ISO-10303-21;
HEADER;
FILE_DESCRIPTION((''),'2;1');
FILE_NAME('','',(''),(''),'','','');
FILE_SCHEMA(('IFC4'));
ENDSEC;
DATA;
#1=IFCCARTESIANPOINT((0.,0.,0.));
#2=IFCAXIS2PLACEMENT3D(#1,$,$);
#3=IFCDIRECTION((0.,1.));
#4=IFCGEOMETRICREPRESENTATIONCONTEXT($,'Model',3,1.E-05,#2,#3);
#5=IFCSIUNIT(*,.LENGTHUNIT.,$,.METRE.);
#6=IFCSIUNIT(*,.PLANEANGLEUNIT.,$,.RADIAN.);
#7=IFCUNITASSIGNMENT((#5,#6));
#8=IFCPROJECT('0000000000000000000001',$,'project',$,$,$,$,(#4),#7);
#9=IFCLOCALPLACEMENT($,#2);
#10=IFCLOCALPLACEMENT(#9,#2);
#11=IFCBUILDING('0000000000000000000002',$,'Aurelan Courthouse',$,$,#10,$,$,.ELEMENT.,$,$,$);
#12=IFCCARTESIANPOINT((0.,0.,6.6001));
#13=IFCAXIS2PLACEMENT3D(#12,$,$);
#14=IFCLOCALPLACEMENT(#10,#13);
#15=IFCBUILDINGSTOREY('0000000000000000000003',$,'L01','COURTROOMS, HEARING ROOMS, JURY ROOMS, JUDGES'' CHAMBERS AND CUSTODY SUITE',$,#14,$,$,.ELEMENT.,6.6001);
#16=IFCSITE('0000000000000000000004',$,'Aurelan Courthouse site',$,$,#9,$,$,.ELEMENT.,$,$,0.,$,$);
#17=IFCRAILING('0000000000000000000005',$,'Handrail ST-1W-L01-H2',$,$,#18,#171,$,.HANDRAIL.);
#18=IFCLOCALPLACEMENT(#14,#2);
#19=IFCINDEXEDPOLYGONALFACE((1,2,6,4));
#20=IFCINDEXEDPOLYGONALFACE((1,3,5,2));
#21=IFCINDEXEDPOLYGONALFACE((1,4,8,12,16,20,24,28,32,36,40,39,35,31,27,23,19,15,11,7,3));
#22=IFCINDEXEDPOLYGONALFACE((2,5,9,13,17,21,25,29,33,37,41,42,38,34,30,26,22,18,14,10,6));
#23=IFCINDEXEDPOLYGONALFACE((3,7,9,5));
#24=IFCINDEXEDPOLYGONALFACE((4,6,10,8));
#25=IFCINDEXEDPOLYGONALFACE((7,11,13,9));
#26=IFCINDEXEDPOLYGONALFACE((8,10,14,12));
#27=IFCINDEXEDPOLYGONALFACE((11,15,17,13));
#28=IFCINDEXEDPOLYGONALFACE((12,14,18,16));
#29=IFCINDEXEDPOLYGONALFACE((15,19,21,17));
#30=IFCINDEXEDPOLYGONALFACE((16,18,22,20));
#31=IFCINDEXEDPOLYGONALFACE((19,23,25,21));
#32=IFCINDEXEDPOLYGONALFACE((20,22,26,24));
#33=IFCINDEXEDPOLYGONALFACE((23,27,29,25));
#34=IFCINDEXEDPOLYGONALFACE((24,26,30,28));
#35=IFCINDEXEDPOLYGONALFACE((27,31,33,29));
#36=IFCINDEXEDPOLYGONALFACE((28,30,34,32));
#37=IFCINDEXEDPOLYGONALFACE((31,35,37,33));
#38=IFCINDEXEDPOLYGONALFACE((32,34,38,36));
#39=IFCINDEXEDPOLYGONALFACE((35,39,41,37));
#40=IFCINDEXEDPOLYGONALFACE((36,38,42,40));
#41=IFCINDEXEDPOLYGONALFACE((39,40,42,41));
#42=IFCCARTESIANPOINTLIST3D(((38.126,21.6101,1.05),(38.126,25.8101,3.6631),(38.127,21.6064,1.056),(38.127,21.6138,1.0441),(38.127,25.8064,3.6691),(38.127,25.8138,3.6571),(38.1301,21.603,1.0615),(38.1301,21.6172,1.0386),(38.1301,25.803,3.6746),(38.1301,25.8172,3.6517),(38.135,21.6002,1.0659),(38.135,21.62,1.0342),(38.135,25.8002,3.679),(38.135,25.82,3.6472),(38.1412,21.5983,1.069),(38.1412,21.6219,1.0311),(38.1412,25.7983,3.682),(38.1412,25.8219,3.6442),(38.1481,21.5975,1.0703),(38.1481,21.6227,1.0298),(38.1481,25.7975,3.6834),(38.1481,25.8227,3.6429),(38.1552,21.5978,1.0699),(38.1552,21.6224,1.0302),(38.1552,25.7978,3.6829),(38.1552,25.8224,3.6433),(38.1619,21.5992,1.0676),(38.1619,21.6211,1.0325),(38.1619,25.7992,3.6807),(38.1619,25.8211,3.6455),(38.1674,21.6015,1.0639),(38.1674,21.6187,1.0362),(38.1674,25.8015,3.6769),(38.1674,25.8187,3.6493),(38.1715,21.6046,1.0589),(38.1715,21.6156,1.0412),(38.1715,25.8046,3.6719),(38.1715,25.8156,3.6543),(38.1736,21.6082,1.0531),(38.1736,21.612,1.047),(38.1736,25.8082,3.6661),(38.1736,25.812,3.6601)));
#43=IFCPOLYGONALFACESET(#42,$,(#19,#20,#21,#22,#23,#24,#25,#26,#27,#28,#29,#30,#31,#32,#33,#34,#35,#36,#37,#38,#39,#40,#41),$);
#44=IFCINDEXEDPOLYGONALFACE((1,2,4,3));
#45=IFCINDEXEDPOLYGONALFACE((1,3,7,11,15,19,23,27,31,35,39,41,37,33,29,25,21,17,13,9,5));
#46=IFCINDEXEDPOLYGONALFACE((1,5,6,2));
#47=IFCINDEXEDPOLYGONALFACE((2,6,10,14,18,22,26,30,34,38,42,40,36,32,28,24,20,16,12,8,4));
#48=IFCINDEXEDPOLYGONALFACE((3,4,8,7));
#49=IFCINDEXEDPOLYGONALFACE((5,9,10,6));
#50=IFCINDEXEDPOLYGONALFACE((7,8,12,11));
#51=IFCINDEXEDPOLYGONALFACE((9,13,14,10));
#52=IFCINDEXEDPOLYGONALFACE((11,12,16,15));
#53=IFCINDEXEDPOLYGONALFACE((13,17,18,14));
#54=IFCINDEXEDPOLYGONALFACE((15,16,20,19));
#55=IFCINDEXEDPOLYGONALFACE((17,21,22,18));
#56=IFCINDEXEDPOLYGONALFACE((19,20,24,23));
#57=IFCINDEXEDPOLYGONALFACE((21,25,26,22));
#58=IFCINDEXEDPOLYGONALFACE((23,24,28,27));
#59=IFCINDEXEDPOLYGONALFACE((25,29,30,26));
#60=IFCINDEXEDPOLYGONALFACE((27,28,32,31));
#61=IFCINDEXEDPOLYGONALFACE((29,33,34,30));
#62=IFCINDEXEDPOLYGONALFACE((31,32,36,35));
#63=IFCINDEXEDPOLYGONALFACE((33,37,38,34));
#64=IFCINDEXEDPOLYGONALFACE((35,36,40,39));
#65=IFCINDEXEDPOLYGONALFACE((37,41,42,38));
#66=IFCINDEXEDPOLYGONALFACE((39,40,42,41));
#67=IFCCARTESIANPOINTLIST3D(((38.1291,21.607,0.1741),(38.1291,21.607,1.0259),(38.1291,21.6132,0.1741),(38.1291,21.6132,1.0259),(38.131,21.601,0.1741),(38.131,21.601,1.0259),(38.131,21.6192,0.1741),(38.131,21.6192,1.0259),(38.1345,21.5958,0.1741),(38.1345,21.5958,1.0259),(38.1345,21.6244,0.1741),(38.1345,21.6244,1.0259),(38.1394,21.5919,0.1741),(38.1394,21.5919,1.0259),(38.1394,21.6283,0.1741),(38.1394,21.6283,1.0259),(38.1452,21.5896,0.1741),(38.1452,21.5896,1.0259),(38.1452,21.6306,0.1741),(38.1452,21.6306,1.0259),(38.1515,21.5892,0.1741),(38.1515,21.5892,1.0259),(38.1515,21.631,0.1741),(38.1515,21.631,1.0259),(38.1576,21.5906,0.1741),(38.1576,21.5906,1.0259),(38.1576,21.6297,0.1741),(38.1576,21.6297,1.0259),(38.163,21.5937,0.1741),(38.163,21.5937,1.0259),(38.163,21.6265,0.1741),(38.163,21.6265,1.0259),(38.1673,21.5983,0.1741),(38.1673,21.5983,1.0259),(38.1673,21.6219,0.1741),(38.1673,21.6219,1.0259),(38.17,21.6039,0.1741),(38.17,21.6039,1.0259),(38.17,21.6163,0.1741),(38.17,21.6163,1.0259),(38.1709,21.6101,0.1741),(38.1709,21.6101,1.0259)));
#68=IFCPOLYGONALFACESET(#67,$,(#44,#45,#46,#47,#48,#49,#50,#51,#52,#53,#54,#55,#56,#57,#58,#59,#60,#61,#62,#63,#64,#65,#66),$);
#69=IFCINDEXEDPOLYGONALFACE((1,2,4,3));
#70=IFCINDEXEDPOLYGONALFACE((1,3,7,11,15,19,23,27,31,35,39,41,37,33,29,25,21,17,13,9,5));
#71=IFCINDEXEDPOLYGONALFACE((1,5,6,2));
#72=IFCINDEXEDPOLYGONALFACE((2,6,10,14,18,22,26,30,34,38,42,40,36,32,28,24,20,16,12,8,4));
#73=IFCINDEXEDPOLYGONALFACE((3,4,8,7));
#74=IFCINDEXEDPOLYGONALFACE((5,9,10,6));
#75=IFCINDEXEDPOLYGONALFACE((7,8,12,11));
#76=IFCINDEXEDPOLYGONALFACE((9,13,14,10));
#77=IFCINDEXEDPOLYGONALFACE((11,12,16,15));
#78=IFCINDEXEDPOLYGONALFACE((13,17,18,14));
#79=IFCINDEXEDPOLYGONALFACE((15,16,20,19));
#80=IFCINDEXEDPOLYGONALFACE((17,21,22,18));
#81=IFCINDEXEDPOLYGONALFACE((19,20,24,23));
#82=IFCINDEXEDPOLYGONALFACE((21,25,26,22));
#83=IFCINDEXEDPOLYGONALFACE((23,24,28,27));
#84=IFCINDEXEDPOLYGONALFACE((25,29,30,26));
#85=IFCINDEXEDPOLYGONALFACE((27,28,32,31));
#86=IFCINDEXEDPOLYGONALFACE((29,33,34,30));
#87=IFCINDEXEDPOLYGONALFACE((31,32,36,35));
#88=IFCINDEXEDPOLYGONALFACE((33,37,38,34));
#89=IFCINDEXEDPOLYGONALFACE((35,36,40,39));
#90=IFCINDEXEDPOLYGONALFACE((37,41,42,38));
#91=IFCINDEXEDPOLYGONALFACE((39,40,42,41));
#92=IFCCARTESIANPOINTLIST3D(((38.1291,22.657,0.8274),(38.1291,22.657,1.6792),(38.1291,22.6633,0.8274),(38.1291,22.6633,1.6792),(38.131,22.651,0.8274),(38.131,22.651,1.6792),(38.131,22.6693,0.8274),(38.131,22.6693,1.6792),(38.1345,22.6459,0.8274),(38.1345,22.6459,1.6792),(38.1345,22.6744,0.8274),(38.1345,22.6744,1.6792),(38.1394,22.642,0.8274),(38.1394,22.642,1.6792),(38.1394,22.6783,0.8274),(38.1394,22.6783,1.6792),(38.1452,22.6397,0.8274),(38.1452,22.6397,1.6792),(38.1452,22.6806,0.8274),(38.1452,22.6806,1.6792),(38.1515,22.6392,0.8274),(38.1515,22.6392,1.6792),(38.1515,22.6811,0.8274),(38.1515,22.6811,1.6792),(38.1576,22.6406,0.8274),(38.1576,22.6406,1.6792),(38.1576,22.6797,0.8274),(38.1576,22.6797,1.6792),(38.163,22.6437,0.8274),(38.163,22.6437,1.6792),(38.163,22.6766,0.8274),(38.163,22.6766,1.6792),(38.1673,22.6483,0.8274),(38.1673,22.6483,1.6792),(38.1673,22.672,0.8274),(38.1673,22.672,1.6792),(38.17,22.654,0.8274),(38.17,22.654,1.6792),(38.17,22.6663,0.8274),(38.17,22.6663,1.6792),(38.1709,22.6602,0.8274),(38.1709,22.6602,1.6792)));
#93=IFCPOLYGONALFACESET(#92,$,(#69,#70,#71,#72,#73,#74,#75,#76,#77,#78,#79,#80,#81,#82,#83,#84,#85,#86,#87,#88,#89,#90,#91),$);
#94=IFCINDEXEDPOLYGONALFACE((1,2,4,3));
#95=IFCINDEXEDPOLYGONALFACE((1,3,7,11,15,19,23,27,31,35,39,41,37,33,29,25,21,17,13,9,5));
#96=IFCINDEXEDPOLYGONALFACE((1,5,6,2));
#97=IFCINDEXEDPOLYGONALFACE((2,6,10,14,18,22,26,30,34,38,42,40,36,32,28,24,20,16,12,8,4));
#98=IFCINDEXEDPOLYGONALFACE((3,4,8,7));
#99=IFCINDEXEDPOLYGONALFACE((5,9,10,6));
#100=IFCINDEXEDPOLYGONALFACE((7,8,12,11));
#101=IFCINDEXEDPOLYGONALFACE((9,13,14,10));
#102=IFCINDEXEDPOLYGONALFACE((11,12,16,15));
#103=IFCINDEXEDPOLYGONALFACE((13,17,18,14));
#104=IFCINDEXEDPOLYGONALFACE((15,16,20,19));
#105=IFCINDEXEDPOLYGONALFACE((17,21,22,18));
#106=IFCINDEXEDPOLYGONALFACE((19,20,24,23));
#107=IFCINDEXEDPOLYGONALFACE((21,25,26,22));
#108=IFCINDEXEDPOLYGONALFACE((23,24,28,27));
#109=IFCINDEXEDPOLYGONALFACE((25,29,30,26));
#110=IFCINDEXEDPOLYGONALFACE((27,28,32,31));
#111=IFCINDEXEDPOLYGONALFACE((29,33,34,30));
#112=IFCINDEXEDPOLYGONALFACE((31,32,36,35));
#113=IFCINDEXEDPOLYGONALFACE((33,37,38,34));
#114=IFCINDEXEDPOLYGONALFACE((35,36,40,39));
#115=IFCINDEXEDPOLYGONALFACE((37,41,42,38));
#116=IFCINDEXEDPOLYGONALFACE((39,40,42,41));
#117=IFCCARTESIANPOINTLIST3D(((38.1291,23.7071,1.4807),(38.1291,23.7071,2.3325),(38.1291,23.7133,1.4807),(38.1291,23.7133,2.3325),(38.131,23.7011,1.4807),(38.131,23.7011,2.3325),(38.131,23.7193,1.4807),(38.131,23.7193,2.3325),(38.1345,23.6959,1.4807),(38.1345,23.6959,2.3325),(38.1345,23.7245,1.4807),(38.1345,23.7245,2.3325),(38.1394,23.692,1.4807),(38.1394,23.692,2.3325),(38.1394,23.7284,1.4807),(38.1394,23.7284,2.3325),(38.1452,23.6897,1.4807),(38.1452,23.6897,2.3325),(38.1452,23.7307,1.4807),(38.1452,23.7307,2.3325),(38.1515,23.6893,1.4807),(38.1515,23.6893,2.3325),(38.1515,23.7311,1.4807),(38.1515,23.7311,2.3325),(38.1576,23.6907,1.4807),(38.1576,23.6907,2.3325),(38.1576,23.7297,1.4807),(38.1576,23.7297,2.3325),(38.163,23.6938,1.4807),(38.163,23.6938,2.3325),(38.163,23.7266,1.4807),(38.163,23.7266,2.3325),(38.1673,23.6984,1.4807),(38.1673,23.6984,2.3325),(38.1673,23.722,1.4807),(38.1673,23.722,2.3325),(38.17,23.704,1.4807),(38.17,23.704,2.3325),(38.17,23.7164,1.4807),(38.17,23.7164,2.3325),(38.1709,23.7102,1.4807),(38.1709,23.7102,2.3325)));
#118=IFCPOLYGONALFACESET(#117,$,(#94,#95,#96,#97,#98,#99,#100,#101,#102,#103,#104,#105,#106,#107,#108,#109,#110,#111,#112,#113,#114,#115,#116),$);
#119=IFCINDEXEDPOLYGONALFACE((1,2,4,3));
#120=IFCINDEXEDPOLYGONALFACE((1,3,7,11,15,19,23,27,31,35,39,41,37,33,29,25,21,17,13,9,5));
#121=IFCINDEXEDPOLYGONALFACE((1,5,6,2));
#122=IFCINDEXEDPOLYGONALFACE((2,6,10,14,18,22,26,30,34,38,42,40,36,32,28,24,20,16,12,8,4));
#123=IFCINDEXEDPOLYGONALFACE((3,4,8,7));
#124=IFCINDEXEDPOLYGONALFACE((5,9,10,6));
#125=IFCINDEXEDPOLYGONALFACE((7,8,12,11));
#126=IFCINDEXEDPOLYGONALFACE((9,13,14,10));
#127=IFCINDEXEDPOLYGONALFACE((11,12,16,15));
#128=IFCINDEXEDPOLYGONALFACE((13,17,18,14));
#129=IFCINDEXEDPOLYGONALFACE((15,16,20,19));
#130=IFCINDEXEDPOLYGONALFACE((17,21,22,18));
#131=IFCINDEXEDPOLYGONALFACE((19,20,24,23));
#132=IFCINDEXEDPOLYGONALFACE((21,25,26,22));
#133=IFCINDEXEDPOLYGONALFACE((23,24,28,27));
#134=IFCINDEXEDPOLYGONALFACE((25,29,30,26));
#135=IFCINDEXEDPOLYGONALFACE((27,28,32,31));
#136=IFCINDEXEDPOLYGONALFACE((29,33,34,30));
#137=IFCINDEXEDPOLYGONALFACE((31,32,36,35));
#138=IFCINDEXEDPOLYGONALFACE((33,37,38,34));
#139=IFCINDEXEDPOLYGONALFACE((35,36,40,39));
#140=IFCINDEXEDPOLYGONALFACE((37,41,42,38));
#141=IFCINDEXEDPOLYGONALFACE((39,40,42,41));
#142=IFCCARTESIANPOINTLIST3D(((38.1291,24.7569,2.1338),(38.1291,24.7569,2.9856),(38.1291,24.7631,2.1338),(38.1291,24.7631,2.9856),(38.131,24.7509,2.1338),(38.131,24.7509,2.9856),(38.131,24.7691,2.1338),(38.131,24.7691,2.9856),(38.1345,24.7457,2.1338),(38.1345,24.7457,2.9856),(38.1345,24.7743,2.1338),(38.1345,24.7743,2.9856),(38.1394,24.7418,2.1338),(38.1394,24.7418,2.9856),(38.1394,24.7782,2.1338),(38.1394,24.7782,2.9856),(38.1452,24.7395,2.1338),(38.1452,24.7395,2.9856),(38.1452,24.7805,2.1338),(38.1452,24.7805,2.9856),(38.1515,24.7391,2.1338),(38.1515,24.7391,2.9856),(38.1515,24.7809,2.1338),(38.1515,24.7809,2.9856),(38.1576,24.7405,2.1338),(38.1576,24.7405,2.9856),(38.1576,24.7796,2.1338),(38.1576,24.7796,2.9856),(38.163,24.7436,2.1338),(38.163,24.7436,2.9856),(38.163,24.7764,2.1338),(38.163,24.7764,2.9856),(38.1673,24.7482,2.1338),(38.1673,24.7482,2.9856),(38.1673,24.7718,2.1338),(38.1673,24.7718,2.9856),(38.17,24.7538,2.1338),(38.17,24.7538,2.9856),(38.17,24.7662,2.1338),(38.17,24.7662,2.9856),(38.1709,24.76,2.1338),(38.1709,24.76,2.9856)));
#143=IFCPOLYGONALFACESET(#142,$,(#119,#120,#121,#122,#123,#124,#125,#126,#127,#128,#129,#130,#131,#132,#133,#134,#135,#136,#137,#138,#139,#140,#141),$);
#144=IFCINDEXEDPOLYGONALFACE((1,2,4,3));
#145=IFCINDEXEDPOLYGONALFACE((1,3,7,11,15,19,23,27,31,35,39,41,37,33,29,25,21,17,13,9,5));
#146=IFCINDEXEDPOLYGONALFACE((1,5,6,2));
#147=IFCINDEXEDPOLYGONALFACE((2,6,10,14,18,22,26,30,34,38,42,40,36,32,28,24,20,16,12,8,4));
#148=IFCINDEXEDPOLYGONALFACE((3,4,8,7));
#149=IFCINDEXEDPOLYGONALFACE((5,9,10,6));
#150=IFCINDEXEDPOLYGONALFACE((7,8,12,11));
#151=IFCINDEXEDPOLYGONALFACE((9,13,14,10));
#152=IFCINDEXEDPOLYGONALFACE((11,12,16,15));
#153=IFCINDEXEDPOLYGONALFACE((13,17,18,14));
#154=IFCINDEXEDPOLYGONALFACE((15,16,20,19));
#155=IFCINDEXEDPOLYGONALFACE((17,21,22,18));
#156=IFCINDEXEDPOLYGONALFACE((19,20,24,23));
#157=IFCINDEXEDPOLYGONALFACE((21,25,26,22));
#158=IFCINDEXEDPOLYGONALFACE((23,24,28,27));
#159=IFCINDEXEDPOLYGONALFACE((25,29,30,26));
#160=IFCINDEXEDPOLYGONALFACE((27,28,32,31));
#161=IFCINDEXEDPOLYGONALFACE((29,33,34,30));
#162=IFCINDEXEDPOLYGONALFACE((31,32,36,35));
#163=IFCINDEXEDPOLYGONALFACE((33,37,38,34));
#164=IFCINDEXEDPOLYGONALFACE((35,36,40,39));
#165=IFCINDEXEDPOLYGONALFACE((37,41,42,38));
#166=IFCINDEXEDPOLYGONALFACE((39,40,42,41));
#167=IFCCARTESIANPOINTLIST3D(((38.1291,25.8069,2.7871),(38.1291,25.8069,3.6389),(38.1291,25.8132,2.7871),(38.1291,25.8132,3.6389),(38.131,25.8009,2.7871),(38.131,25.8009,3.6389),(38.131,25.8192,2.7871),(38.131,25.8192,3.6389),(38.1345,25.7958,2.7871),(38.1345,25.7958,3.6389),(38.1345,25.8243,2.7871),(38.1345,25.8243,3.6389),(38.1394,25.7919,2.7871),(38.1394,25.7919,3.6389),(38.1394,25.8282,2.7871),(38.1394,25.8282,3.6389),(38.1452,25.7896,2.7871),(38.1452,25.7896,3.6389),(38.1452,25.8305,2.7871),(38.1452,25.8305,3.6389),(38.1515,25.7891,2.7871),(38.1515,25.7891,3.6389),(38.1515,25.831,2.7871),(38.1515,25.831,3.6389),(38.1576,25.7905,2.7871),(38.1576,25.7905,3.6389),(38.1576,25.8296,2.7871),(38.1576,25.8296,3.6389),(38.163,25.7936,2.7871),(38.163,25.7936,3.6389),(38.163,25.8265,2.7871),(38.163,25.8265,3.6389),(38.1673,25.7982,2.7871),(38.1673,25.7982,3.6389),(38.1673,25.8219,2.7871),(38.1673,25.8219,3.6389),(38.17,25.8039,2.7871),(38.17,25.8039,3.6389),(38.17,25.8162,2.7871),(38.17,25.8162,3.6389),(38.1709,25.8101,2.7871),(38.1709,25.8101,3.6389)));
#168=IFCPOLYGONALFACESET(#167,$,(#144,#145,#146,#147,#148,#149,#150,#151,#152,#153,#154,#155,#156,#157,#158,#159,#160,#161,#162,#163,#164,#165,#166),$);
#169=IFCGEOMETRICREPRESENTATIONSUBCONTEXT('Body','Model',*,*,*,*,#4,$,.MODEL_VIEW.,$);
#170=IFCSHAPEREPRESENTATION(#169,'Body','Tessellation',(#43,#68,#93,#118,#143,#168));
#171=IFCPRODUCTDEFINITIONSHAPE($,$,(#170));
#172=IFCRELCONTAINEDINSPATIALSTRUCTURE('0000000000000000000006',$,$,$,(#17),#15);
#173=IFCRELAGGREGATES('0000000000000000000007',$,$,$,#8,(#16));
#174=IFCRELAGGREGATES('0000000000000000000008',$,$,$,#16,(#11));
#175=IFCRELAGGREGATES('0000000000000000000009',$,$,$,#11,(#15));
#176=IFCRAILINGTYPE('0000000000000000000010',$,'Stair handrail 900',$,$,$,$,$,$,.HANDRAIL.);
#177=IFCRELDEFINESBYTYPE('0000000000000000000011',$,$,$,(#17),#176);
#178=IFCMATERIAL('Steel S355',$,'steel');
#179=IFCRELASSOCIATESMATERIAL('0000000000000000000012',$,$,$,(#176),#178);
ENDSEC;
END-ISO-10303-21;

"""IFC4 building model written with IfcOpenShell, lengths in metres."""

from ifc_helpers import new_model, si_unit, direction, frame, origin, origin_2d, place, context, subcontext, project, spatial, circle, extrude, material, type_object, element, save


model = new_model("IFC4")

# Units and contexts
model_context = context("Model", 3, precision=1e-05, world=origin(), true_north=direction((0.0, 1.0)))
body_context = subcontext(model_context, "Body", "Model", "MODEL_VIEW")
ifc_project = project(units=[si_unit("LENGTHUNIT", "METRE"), si_unit("PLANEANGLEUNIT", "RADIAN")], contexts=[model_context])

# Site, building, storey
site_placement = place(None, origin())
site = spatial("IfcSite", under=ifc_project, at=site_placement, Name="Aurelan Courthouse site", CompositionType="ELEMENT", RefElevation=0.0)
building_placement = place(site_placement, origin())
building = spatial("IfcBuilding", under=site, at=building_placement, Name="Aurelan Courthouse", CompositionType="ELEMENT")
storey_placement = place(building_placement, frame((0.0, 0.0, 6.6001)))
storey = spatial("IfcBuildingStorey", under=building, at=storey_placement, Name="L01", Description="COURTROOMS, HEARING ROOMS, JURY ROOMS, JUDGES' CHAMBERS AND CUSTODY SUITE", CompositionType="ELEMENT", Elevation=6.6001)

# Railing
ifc_material_1 = material(Name="Steel S355", Category="steel")
railing_type_1 = type_object("IfcRailingType", Name="Stair handrail 900", PredefinedType="HANDRAIL", material=ifc_material_1)
for number, where, name in (
    (1, (38.1499, 21.6101, 0.1741), "Handrail ST-1W-L01-H2"),
):
    element("IfcRailing", number, at=place(storey_placement, frame(where)), inside=storey, type_object=railing_type_1, Name=name, PredefinedType="HANDRAIL", context=body_context, shape_type="SweptSolid", body=[
        extrude(circle(Radius=0.0239, at=origin_2d()), frame((0.0, 0.0, 0.876), z_axis=(0.0, 0.849081, 0.528263), x_axis=(-1.0, 0.0, 0.0)), (0.0, 0.0, 1.0), 4.9465),
        extrude(circle(Radius=0.021, at=origin_2d()), origin(), (0.0, 0.0, 1.0), 0.8518),
        extrude(circle(Radius=0.021, at=origin_2d()), frame((0.0, 1.05, 0.6533)), (0.0, 0.0, 1.0), 0.8518),
        extrude(circle(Radius=0.021, at=origin_2d()), frame((0.0, 2.1001, 1.3066)), (0.0, 0.0, 1.0), 0.8518),
        extrude(circle(Radius=0.021, at=origin_2d()), frame((0.0, 3.1499, 1.9597)), (0.0, 0.0, 1.0), 0.8518),
        extrude(circle(Radius=0.021, at=origin_2d()), frame((0.0, 4.2, 2.613)), (0.0, 0.0, 1.0), 0.8518),
    ])

save(model, "model.ifc")
